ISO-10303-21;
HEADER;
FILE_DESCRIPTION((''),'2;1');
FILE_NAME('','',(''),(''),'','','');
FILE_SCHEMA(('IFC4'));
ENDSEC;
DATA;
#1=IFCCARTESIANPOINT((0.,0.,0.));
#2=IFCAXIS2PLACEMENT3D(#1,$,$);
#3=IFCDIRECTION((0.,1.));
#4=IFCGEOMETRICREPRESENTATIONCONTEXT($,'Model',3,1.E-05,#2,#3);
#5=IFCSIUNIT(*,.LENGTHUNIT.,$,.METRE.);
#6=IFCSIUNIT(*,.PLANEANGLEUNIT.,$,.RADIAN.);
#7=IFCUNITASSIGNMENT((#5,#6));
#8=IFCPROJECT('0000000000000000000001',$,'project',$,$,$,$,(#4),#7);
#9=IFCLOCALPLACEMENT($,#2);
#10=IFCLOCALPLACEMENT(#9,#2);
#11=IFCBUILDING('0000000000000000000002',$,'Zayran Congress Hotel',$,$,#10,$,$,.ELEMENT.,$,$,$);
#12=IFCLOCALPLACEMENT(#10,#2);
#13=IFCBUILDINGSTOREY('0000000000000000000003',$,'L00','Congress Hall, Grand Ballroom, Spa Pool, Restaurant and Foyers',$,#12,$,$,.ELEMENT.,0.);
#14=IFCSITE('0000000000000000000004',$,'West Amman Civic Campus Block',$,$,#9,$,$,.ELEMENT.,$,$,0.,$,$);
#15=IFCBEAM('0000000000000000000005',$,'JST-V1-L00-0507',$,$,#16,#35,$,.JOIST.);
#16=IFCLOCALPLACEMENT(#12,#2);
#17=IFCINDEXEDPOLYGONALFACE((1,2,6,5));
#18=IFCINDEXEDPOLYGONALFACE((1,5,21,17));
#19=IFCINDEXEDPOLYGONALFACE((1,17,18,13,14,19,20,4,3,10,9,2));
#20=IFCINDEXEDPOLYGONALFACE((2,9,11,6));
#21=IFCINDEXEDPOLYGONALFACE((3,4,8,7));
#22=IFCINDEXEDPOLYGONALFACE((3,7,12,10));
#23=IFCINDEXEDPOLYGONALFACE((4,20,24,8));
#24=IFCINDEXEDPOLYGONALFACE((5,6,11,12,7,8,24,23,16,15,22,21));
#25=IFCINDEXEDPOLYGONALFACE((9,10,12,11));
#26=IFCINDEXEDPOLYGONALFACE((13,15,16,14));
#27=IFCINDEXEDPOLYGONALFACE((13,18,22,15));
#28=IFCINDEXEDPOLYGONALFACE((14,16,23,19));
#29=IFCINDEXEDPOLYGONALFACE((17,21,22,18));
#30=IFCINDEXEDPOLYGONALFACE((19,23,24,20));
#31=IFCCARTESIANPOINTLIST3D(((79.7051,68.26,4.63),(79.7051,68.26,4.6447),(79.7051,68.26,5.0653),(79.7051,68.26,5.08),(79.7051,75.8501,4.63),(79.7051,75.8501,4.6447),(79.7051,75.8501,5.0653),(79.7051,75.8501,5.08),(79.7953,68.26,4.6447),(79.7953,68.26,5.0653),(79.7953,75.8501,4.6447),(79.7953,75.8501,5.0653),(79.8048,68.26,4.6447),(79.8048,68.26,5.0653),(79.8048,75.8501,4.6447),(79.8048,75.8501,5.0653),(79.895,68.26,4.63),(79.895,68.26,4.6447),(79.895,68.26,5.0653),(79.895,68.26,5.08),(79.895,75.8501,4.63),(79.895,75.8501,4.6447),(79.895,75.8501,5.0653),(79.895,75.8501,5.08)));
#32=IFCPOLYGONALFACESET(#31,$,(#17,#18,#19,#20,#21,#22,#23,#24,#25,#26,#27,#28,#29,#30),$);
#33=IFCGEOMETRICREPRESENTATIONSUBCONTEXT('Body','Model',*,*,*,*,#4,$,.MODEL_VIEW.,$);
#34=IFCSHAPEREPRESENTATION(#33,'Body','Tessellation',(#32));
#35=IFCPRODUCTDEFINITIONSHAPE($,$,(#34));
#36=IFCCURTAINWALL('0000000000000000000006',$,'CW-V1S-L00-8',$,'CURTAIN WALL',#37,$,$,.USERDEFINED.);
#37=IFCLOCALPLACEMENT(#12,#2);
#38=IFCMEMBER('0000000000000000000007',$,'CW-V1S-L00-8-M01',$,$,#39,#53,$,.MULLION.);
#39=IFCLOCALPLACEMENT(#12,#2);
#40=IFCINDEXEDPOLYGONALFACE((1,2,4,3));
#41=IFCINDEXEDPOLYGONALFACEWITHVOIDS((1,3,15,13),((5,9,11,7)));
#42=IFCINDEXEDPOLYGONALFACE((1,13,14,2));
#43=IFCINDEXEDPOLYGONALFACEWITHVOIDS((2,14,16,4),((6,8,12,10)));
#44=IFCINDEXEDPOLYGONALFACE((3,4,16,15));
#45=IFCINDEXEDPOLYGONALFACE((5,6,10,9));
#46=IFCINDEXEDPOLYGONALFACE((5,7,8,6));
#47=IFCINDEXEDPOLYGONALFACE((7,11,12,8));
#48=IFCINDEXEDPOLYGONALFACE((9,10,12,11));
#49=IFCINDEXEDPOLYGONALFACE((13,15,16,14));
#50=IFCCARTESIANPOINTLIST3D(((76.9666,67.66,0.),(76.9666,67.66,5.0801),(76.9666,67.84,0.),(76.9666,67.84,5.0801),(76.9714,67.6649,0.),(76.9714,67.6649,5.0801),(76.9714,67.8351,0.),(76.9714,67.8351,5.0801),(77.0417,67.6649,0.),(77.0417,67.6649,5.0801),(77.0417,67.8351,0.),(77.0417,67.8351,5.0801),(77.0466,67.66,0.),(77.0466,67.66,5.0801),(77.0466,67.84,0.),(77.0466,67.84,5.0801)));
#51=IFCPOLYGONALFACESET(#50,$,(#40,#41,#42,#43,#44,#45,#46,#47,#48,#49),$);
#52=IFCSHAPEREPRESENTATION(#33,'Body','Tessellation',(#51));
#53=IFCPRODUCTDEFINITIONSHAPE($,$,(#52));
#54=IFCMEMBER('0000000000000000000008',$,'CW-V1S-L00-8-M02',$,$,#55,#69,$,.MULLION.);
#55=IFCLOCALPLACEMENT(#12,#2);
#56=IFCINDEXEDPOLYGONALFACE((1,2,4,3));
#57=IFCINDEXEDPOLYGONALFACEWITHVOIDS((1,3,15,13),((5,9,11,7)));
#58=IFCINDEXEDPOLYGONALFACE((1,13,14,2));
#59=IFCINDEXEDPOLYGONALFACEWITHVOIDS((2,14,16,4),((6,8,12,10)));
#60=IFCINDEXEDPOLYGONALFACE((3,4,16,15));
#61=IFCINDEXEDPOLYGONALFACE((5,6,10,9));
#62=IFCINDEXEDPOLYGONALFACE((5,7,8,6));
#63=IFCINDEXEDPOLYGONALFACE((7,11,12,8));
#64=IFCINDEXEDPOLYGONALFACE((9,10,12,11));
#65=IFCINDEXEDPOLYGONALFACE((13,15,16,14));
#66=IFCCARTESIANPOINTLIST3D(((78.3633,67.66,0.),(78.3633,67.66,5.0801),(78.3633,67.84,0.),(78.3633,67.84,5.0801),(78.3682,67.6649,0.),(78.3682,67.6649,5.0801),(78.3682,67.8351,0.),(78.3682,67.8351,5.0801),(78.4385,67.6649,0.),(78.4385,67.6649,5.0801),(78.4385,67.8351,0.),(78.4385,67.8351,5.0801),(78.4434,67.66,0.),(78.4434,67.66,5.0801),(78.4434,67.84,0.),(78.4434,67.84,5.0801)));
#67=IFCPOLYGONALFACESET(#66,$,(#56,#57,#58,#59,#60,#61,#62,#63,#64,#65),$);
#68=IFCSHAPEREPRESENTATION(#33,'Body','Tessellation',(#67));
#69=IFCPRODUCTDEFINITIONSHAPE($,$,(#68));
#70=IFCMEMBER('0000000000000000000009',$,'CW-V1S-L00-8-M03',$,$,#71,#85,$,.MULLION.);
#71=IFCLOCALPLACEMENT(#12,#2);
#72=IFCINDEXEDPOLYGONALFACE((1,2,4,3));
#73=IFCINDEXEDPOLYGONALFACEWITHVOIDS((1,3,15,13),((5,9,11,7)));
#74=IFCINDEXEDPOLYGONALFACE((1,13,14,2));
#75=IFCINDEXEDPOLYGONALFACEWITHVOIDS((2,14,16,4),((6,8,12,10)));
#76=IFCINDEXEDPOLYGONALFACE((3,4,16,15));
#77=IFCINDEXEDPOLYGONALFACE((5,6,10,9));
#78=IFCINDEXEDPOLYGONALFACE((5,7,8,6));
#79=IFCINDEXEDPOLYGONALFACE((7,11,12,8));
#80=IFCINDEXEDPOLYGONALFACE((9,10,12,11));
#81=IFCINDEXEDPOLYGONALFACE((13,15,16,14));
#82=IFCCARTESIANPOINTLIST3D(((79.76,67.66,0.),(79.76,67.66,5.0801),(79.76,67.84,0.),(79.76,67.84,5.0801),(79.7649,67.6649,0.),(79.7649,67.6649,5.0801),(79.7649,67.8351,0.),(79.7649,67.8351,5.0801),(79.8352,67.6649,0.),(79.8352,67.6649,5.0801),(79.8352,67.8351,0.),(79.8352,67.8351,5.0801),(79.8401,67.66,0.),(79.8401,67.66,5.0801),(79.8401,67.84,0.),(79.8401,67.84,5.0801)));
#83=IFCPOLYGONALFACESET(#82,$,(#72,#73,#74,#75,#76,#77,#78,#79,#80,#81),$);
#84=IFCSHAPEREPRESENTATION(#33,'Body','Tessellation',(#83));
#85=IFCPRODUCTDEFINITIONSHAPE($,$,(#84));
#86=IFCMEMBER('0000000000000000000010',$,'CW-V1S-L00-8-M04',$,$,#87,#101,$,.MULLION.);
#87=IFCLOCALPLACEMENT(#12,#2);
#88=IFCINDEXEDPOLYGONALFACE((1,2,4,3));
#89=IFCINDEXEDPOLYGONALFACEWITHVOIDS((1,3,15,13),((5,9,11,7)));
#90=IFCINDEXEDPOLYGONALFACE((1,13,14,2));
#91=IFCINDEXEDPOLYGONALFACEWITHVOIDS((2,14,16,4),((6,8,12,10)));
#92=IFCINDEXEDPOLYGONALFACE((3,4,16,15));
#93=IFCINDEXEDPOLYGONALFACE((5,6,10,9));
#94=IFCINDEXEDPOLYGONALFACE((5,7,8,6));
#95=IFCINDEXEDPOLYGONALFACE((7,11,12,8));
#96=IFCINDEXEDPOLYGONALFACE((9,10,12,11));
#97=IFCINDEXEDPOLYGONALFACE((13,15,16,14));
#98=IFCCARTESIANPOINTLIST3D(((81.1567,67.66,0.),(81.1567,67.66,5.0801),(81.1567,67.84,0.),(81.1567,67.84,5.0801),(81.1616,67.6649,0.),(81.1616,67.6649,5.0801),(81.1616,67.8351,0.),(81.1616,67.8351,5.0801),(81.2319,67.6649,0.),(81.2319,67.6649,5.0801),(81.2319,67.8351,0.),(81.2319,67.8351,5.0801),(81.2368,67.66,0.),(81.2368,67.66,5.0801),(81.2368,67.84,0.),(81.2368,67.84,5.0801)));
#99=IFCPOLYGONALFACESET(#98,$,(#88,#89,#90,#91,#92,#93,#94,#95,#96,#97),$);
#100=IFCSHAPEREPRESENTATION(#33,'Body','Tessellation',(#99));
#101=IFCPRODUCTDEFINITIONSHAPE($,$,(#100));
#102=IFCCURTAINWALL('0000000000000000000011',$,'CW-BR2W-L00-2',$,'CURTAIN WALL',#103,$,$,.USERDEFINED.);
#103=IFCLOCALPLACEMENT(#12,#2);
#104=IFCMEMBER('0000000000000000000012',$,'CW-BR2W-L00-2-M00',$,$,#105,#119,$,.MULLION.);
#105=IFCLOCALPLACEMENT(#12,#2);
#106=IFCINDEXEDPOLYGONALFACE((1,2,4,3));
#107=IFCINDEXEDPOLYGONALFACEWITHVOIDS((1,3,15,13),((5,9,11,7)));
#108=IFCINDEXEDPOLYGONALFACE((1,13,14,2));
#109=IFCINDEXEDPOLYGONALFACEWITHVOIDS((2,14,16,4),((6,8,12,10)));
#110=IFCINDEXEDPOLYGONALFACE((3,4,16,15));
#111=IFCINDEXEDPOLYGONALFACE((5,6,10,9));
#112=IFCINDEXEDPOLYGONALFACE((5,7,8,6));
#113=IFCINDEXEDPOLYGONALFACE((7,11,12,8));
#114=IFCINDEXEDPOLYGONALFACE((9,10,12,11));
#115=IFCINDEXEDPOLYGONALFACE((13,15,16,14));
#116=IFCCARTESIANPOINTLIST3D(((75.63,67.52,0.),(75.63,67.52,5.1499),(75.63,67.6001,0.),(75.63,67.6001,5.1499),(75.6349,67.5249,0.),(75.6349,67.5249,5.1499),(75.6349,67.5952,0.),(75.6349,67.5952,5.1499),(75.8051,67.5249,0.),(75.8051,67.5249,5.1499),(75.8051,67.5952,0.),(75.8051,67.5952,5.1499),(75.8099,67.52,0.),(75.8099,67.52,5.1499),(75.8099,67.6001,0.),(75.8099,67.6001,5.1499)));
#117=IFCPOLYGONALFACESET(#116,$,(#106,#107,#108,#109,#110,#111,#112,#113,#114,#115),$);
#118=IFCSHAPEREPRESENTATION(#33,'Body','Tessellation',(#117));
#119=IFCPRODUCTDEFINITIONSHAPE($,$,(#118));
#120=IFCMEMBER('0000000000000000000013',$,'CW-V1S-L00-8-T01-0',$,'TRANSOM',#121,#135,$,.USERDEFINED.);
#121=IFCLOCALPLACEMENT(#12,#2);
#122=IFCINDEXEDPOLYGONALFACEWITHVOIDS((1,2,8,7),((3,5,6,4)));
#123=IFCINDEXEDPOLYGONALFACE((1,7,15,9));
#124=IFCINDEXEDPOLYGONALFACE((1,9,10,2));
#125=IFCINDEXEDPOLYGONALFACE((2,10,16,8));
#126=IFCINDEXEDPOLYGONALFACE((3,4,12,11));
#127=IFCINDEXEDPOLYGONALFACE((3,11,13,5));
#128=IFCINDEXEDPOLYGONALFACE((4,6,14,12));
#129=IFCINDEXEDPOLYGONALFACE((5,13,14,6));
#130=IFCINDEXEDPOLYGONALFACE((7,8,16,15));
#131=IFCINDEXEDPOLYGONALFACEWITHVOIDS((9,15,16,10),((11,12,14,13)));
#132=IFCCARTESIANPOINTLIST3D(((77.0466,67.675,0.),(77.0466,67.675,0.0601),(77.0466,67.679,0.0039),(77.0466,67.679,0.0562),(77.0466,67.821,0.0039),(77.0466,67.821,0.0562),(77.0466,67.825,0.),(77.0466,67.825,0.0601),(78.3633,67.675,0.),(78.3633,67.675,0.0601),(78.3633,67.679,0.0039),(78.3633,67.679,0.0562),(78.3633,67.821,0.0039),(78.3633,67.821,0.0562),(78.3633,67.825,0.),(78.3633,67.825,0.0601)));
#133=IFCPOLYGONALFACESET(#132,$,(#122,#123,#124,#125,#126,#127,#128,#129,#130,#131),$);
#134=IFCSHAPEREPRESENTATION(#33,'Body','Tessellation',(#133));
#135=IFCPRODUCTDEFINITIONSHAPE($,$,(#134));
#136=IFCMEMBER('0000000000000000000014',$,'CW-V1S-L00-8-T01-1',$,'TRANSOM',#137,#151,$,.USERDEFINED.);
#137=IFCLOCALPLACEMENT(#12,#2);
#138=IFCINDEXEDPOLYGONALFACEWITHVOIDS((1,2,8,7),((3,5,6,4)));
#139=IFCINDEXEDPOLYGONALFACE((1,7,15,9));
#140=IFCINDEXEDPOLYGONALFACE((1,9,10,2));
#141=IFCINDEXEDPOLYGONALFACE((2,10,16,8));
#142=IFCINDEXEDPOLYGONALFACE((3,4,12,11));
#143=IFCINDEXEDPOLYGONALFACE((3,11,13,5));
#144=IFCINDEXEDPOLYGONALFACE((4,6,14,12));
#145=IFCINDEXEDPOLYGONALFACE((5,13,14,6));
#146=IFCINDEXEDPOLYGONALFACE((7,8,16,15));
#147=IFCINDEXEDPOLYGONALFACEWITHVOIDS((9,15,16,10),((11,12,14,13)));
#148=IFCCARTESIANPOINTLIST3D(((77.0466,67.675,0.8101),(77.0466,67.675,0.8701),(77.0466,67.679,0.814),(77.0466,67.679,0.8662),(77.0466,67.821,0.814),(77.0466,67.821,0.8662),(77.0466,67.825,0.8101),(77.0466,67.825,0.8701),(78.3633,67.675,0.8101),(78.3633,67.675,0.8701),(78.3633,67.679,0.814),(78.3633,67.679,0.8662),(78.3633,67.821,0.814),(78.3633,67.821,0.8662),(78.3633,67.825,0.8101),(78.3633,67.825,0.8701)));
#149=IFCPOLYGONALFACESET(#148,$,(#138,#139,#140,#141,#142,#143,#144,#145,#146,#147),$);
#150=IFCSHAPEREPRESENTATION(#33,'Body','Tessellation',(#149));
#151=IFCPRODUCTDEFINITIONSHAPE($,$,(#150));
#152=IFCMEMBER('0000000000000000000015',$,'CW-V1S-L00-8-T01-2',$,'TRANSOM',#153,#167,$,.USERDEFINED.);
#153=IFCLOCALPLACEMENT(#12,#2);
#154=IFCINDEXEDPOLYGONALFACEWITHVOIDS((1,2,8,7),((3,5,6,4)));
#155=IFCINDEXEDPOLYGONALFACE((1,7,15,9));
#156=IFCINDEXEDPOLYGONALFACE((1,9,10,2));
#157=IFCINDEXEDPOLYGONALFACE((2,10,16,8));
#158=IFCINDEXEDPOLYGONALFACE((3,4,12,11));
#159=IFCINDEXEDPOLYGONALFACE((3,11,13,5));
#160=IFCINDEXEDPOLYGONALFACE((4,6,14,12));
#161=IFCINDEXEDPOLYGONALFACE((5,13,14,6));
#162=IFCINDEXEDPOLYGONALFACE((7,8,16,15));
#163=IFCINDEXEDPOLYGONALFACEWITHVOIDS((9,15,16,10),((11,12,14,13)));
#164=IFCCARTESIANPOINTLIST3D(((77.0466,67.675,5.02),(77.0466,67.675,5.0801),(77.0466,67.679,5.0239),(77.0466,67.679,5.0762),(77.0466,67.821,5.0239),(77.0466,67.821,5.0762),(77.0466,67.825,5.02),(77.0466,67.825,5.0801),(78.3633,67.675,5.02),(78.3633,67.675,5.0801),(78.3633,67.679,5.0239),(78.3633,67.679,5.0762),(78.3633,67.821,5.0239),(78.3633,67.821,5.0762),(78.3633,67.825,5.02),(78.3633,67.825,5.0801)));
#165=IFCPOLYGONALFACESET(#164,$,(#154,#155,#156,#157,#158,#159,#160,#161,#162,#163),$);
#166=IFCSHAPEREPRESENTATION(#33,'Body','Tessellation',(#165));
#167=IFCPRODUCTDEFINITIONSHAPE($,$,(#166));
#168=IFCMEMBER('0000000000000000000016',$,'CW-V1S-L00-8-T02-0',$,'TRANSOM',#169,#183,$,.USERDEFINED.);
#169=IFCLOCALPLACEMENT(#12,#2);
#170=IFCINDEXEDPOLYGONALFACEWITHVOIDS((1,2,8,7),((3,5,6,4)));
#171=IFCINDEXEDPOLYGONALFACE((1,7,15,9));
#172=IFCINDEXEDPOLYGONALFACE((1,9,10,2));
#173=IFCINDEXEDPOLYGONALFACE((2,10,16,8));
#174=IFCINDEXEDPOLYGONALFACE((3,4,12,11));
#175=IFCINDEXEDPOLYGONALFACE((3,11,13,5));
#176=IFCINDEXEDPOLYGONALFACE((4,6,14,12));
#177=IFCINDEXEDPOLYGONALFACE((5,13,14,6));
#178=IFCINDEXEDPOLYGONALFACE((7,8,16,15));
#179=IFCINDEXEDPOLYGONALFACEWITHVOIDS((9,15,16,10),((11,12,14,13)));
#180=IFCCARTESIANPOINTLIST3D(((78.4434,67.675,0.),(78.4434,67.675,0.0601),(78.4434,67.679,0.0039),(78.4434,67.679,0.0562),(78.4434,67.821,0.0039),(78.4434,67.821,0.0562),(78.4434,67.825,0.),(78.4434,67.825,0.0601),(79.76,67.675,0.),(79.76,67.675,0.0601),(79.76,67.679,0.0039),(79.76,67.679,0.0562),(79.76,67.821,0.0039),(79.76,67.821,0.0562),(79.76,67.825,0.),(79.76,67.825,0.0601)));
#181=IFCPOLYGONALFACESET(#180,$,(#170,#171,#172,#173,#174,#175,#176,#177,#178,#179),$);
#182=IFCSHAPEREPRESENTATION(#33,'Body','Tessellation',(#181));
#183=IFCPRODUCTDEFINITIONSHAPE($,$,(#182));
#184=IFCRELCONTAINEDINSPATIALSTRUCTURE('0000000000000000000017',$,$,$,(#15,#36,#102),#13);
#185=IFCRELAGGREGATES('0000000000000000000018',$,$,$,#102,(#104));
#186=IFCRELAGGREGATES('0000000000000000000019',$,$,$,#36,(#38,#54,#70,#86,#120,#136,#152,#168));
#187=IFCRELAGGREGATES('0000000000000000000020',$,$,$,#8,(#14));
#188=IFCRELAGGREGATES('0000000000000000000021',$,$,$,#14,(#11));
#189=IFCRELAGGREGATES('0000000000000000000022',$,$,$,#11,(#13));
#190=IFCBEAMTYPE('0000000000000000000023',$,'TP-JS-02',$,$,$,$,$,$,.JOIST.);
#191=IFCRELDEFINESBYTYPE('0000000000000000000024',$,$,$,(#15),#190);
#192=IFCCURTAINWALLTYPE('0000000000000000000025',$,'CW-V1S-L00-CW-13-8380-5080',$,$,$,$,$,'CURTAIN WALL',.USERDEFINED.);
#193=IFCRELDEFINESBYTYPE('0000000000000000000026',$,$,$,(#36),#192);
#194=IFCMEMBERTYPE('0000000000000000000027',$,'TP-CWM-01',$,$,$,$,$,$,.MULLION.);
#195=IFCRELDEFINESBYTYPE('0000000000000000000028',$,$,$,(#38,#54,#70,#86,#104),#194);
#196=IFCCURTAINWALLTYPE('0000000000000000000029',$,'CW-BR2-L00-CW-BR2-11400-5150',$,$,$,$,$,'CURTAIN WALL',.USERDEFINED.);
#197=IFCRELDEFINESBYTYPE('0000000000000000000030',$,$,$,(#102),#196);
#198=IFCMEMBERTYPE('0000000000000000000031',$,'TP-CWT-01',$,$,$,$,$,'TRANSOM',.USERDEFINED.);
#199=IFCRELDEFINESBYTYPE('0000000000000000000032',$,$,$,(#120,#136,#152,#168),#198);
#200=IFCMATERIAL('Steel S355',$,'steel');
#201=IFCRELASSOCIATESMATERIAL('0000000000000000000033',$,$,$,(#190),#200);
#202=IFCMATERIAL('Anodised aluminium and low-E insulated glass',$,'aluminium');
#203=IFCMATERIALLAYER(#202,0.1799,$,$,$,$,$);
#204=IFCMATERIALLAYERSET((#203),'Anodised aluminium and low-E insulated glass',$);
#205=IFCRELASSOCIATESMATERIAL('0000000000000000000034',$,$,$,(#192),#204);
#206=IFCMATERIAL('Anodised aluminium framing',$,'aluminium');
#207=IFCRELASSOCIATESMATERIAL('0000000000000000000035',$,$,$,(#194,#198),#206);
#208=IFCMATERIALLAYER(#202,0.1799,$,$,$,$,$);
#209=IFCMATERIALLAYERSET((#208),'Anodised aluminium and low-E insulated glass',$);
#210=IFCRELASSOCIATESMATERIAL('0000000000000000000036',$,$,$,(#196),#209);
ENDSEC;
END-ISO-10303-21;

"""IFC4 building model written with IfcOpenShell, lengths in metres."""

from ifc_helpers import new_model, si_unit, direction, frame, origin, origin_2d, place, context, subcontext, project, spatial, hollow_rectangle, i_section, extrude, material, layer, layer_set, material_profile, profile_set, type_object, element, aggregate, save


model = new_model("IFC4")

# Units and contexts
model_context = context("Model", 3, precision=1e-05, world=origin(), true_north=direction((0.0, 1.0)))
body_context = subcontext(model_context, "Body", "Model", "MODEL_VIEW")
ifc_project = project(units=[si_unit("LENGTHUNIT", "METRE"), si_unit("PLANEANGLEUNIT", "RADIAN")], contexts=[model_context])

# Site, building, storey
site_placement = place(None, origin())
site = spatial("IfcSite", under=ifc_project, at=site_placement, Name="West Amman Civic Campus Block", CompositionType="ELEMENT", RefElevation=0.0)
building_placement = place(site_placement, origin())
building = spatial("IfcBuilding", under=site, at=building_placement, Name="Zayran Congress Hotel", CompositionType="ELEMENT")
storey_placement = place(building_placement, origin())
storey = spatial("IfcBuildingStorey", under=building, at=storey_placement, Name="L00", Description="Congress Hall, Grand Ballroom, Spa Pool, Restaurant and Foyers", CompositionType="ELEMENT", Elevation=0.0)

# Beam
ifc_material_1 = material(Name="Steel S355", Category="steel")
ifc_material_profile_1 = material_profile(ifc_material_1, i_section(OverallWidth=0.1899, OverallDepth=0.45, WebThickness=0.0095, FlangeThickness=0.0146, at=origin_2d()), Name="IPE 450")
ifc_profile_set_1 = profile_set([ifc_material_profile_1], Name="Steel S355")
beam_type = type_object("IfcBeamType", Name="TP-JS-02", PredefinedType="JOIST", material=ifc_profile_set_1)
beam_placement = place(storey_placement, frame((79.8, 68.26, 4.855), z_axis=(0.0, 1.0, 0.0), x_axis=(-1.0, 0.0, 0.0)))
element("IfcBeam", 1, at=beam_placement, inside=storey, type_object=beam_type, Name="JST-V1-L00-0507", PredefinedType="JOIST", context=body_context, shape_type="SweptSolid", body=[
    extrude(i_section(OverallWidth=0.1899, OverallDepth=0.45, WebThickness=0.0095, FlangeThickness=0.0146, at=origin_2d()), origin(), (0.0, 0.0, 1.0), 7.5901),
])

# Curtain wall, members
ifc_material_2 = material(Name="Anodised aluminium and low-E insulated glass", Category="aluminium")
ifc_layer_1 = layer(ifc_material_2, 0.1799)
ifc_layer_set_1 = layer_set([ifc_layer_1], Name="Anodised aluminium and low-E insulated glass")
curtain_wall_type_1 = type_object("IfcCurtainWallType", Name="CW-V1S-L00-CW-13-8380-5080", ElementType="CURTAIN WALL", PredefinedType="USERDEFINED", material=ifc_layer_set_1)
curtain_wall_1_placement = place(storey_placement, origin())
curtain_wall_1 = element("IfcCurtainWall", 2, at=curtain_wall_1_placement, inside=storey, type_object=curtain_wall_type_1, Name="CW-V1S-L00-8", ObjectType="CURTAIN WALL", PredefinedType="USERDEFINED")
ifc_material_3 = material(Name="Anodised aluminium framing", Category="aluminium")
ifc_material_profile_2 = material_profile(ifc_material_3, hollow_rectangle(XDim=0.0801, YDim=0.1799, WallThickness=0.0049, at=origin_2d()), Name="RHS 180x80x5")
ifc_profile_set_2 = profile_set([ifc_material_profile_2], Name="Anodised aluminium framing")
member_type_1 = type_object("IfcMemberType", Name="TP-CWM-01", PredefinedType="MULLION", material=ifc_profile_set_2)
member_1_placement = place(storey_placement, frame((77.0066, 67.75, 0.0), z_axis=(0.0, 0.0, 1.0), x_axis=(1.0, 0.0, 0.0)))
member_1 = element("IfcMember", 3, at=member_1_placement, type_object=member_type_1, Name="CW-V1S-L00-8-M01", PredefinedType="MULLION", context=body_context, shape_type="SweptSolid", body=[
    extrude(hollow_rectangle(XDim=0.0801, YDim=0.1799, WallThickness=0.0049, at=origin_2d()), origin(), (0.0, 0.0, 1.0), 5.0801),
])
member_2_placement = place(storey_placement, frame((78.4033, 67.75, 0.0), z_axis=(0.0, 0.0, 1.0), x_axis=(1.0, 0.0, 0.0)))
member_2 = element("IfcMember", 4, at=member_2_placement, type_object=member_type_1, Name="CW-V1S-L00-8-M02", PredefinedType="MULLION", context=body_context, shape_type="SweptSolid", body=[
    extrude(hollow_rectangle(XDim=0.0801, YDim=0.1799, WallThickness=0.0049, at=origin_2d()), origin(), (0.0, 0.0, 1.0), 5.0801),
])
member_3_placement = place(storey_placement, frame((79.8, 67.75, 0.0), z_axis=(0.0, 0.0, 1.0), x_axis=(1.0, 0.0, 0.0)))
member_3 = element("IfcMember", 5, at=member_3_placement, type_object=member_type_1, Name="CW-V1S-L00-8-M03", PredefinedType="MULLION", context=body_context, shape_type="SweptSolid", body=[
    extrude(hollow_rectangle(XDim=0.0801, YDim=0.1799, WallThickness=0.0049, at=origin_2d()), origin(), (0.0, 0.0, 1.0), 5.0801),
])
member_4_placement = place(storey_placement, frame((81.1968, 67.75, 0.0), z_axis=(0.0, 0.0, 1.0), x_axis=(1.0, 0.0, 0.0)))
member_4 = element("IfcMember", 6, at=member_4_placement, type_object=member_type_1, Name="CW-V1S-L00-8-M04", PredefinedType="MULLION", context=body_context, shape_type="SweptSolid", body=[
    extrude(hollow_rectangle(XDim=0.0801, YDim=0.1799, WallThickness=0.0049, at=origin_2d()), origin(), (0.0, 0.0, 1.0), 5.0801),
])

# Curtain wall, member
ifc_layer_2 = layer(ifc_material_2, 0.1799)
ifc_layer_set_2 = layer_set([ifc_layer_2], Name="Anodised aluminium and low-E insulated glass")
curtain_wall_type_2 = type_object("IfcCurtainWallType", Name="CW-BR2-L00-CW-BR2-11400-5150", ElementType="CURTAIN WALL", PredefinedType="USERDEFINED", material=ifc_layer_set_2)
curtain_wall_2_placement = place(storey_placement, origin())
curtain_wall_2 = element("IfcCurtainWall", 7, at=curtain_wall_2_placement, inside=storey, type_object=curtain_wall_type_2, Name="CW-BR2W-L00-2", ObjectType="CURTAIN WALL", PredefinedType="USERDEFINED")
member_5_placement = place(storey_placement, frame((75.72, 67.5601, 0.0), z_axis=(0.0, 0.0, 1.0), x_axis=(0.0, 1.0, 0.0)))
member_5 = element("IfcMember", 8, at=member_5_placement, type_object=member_type_1, Name="CW-BR2W-L00-2-M00", PredefinedType="MULLION", context=body_context, shape_type="SweptSolid", body=[
    extrude(hollow_rectangle(XDim=0.0801, YDim=0.1799, WallThickness=0.0049, at=origin_2d()), origin(), (0.0, 0.0, 1.0), 5.1499),
])
aggregate(curtain_wall_2, [member_5])

# Members
ifc_material_profile_3 = material_profile(ifc_material_3, hollow_rectangle(XDim=0.0601, YDim=0.1499, WallThickness=0.0039, at=origin_2d()), Name="RHS 150x60x4")
ifc_profile_set_3 = profile_set([ifc_material_profile_3], Name="Anodised aluminium framing")
member_type_2 = type_object("IfcMemberType", Name="TP-CWT-01", ElementType="TRANSOM", PredefinedType="USERDEFINED", material=ifc_profile_set_3)
member_6_placement = place(storey_placement, frame((77.0466, 67.75, 0.03), z_axis=(1.0, 0.0, 0.0), x_axis=(0.0, 0.0, 1.0)))
member_6 = element("IfcMember", 9, at=member_6_placement, type_object=member_type_2, Name="CW-V1S-L00-8-T01-0", ObjectType="TRANSOM", PredefinedType="USERDEFINED", context=body_context, shape_type="SweptSolid", body=[
    extrude(hollow_rectangle(XDim=0.0601, YDim=0.1499, WallThickness=0.0039, at=origin_2d()), origin(), (0.0, 0.0, 1.0), 1.3167),
])
member_7_placement = place(storey_placement, frame((77.0466, 67.75, 0.8401), z_axis=(1.0, 0.0, 0.0), x_axis=(0.0, 0.0, 1.0)))
member_7 = element("IfcMember", 10, at=member_7_placement, type_object=member_type_2, Name="CW-V1S-L00-8-T01-1", ObjectType="TRANSOM", PredefinedType="USERDEFINED", context=body_context, shape_type="SweptSolid", body=[
    extrude(hollow_rectangle(XDim=0.0601, YDim=0.1499, WallThickness=0.0039, at=origin_2d()), origin(), (0.0, 0.0, 1.0), 1.3167),
])
member_8_placement = place(storey_placement, frame((77.0466, 67.75, 5.05), z_axis=(1.0, 0.0, 0.0), x_axis=(0.0, 0.0, 1.0)))
member_8 = element("IfcMember", 11, at=member_8_placement, type_object=member_type_2, Name="CW-V1S-L00-8-T01-2", ObjectType="TRANSOM", PredefinedType="USERDEFINED", context=body_context, shape_type="SweptSolid", body=[
    extrude(hollow_rectangle(XDim=0.0601, YDim=0.1499, WallThickness=0.0039, at=origin_2d()), origin(), (0.0, 0.0, 1.0), 1.3167),
])
member_9_placement = place(storey_placement, frame((78.4434, 67.75, 0.03), z_axis=(1.0, 0.0, 0.0), x_axis=(0.0, 0.0, 1.0)))
member_9 = element("IfcMember", 12, at=member_9_placement, type_object=member_type_2, Name="CW-V1S-L00-8-T02-0", ObjectType="TRANSOM", PredefinedType="USERDEFINED", context=body_context, shape_type="SweptSolid", body=[
    extrude(hollow_rectangle(XDim=0.0601, YDim=0.1499, WallThickness=0.0039, at=origin_2d()), origin(), (0.0, 0.0, 1.0), 1.3167),
])

aggregate(curtain_wall_1, [member_1, member_2, member_3, member_4, member_6, member_7, member_8, member_9])

save(model, "model.ifc")
